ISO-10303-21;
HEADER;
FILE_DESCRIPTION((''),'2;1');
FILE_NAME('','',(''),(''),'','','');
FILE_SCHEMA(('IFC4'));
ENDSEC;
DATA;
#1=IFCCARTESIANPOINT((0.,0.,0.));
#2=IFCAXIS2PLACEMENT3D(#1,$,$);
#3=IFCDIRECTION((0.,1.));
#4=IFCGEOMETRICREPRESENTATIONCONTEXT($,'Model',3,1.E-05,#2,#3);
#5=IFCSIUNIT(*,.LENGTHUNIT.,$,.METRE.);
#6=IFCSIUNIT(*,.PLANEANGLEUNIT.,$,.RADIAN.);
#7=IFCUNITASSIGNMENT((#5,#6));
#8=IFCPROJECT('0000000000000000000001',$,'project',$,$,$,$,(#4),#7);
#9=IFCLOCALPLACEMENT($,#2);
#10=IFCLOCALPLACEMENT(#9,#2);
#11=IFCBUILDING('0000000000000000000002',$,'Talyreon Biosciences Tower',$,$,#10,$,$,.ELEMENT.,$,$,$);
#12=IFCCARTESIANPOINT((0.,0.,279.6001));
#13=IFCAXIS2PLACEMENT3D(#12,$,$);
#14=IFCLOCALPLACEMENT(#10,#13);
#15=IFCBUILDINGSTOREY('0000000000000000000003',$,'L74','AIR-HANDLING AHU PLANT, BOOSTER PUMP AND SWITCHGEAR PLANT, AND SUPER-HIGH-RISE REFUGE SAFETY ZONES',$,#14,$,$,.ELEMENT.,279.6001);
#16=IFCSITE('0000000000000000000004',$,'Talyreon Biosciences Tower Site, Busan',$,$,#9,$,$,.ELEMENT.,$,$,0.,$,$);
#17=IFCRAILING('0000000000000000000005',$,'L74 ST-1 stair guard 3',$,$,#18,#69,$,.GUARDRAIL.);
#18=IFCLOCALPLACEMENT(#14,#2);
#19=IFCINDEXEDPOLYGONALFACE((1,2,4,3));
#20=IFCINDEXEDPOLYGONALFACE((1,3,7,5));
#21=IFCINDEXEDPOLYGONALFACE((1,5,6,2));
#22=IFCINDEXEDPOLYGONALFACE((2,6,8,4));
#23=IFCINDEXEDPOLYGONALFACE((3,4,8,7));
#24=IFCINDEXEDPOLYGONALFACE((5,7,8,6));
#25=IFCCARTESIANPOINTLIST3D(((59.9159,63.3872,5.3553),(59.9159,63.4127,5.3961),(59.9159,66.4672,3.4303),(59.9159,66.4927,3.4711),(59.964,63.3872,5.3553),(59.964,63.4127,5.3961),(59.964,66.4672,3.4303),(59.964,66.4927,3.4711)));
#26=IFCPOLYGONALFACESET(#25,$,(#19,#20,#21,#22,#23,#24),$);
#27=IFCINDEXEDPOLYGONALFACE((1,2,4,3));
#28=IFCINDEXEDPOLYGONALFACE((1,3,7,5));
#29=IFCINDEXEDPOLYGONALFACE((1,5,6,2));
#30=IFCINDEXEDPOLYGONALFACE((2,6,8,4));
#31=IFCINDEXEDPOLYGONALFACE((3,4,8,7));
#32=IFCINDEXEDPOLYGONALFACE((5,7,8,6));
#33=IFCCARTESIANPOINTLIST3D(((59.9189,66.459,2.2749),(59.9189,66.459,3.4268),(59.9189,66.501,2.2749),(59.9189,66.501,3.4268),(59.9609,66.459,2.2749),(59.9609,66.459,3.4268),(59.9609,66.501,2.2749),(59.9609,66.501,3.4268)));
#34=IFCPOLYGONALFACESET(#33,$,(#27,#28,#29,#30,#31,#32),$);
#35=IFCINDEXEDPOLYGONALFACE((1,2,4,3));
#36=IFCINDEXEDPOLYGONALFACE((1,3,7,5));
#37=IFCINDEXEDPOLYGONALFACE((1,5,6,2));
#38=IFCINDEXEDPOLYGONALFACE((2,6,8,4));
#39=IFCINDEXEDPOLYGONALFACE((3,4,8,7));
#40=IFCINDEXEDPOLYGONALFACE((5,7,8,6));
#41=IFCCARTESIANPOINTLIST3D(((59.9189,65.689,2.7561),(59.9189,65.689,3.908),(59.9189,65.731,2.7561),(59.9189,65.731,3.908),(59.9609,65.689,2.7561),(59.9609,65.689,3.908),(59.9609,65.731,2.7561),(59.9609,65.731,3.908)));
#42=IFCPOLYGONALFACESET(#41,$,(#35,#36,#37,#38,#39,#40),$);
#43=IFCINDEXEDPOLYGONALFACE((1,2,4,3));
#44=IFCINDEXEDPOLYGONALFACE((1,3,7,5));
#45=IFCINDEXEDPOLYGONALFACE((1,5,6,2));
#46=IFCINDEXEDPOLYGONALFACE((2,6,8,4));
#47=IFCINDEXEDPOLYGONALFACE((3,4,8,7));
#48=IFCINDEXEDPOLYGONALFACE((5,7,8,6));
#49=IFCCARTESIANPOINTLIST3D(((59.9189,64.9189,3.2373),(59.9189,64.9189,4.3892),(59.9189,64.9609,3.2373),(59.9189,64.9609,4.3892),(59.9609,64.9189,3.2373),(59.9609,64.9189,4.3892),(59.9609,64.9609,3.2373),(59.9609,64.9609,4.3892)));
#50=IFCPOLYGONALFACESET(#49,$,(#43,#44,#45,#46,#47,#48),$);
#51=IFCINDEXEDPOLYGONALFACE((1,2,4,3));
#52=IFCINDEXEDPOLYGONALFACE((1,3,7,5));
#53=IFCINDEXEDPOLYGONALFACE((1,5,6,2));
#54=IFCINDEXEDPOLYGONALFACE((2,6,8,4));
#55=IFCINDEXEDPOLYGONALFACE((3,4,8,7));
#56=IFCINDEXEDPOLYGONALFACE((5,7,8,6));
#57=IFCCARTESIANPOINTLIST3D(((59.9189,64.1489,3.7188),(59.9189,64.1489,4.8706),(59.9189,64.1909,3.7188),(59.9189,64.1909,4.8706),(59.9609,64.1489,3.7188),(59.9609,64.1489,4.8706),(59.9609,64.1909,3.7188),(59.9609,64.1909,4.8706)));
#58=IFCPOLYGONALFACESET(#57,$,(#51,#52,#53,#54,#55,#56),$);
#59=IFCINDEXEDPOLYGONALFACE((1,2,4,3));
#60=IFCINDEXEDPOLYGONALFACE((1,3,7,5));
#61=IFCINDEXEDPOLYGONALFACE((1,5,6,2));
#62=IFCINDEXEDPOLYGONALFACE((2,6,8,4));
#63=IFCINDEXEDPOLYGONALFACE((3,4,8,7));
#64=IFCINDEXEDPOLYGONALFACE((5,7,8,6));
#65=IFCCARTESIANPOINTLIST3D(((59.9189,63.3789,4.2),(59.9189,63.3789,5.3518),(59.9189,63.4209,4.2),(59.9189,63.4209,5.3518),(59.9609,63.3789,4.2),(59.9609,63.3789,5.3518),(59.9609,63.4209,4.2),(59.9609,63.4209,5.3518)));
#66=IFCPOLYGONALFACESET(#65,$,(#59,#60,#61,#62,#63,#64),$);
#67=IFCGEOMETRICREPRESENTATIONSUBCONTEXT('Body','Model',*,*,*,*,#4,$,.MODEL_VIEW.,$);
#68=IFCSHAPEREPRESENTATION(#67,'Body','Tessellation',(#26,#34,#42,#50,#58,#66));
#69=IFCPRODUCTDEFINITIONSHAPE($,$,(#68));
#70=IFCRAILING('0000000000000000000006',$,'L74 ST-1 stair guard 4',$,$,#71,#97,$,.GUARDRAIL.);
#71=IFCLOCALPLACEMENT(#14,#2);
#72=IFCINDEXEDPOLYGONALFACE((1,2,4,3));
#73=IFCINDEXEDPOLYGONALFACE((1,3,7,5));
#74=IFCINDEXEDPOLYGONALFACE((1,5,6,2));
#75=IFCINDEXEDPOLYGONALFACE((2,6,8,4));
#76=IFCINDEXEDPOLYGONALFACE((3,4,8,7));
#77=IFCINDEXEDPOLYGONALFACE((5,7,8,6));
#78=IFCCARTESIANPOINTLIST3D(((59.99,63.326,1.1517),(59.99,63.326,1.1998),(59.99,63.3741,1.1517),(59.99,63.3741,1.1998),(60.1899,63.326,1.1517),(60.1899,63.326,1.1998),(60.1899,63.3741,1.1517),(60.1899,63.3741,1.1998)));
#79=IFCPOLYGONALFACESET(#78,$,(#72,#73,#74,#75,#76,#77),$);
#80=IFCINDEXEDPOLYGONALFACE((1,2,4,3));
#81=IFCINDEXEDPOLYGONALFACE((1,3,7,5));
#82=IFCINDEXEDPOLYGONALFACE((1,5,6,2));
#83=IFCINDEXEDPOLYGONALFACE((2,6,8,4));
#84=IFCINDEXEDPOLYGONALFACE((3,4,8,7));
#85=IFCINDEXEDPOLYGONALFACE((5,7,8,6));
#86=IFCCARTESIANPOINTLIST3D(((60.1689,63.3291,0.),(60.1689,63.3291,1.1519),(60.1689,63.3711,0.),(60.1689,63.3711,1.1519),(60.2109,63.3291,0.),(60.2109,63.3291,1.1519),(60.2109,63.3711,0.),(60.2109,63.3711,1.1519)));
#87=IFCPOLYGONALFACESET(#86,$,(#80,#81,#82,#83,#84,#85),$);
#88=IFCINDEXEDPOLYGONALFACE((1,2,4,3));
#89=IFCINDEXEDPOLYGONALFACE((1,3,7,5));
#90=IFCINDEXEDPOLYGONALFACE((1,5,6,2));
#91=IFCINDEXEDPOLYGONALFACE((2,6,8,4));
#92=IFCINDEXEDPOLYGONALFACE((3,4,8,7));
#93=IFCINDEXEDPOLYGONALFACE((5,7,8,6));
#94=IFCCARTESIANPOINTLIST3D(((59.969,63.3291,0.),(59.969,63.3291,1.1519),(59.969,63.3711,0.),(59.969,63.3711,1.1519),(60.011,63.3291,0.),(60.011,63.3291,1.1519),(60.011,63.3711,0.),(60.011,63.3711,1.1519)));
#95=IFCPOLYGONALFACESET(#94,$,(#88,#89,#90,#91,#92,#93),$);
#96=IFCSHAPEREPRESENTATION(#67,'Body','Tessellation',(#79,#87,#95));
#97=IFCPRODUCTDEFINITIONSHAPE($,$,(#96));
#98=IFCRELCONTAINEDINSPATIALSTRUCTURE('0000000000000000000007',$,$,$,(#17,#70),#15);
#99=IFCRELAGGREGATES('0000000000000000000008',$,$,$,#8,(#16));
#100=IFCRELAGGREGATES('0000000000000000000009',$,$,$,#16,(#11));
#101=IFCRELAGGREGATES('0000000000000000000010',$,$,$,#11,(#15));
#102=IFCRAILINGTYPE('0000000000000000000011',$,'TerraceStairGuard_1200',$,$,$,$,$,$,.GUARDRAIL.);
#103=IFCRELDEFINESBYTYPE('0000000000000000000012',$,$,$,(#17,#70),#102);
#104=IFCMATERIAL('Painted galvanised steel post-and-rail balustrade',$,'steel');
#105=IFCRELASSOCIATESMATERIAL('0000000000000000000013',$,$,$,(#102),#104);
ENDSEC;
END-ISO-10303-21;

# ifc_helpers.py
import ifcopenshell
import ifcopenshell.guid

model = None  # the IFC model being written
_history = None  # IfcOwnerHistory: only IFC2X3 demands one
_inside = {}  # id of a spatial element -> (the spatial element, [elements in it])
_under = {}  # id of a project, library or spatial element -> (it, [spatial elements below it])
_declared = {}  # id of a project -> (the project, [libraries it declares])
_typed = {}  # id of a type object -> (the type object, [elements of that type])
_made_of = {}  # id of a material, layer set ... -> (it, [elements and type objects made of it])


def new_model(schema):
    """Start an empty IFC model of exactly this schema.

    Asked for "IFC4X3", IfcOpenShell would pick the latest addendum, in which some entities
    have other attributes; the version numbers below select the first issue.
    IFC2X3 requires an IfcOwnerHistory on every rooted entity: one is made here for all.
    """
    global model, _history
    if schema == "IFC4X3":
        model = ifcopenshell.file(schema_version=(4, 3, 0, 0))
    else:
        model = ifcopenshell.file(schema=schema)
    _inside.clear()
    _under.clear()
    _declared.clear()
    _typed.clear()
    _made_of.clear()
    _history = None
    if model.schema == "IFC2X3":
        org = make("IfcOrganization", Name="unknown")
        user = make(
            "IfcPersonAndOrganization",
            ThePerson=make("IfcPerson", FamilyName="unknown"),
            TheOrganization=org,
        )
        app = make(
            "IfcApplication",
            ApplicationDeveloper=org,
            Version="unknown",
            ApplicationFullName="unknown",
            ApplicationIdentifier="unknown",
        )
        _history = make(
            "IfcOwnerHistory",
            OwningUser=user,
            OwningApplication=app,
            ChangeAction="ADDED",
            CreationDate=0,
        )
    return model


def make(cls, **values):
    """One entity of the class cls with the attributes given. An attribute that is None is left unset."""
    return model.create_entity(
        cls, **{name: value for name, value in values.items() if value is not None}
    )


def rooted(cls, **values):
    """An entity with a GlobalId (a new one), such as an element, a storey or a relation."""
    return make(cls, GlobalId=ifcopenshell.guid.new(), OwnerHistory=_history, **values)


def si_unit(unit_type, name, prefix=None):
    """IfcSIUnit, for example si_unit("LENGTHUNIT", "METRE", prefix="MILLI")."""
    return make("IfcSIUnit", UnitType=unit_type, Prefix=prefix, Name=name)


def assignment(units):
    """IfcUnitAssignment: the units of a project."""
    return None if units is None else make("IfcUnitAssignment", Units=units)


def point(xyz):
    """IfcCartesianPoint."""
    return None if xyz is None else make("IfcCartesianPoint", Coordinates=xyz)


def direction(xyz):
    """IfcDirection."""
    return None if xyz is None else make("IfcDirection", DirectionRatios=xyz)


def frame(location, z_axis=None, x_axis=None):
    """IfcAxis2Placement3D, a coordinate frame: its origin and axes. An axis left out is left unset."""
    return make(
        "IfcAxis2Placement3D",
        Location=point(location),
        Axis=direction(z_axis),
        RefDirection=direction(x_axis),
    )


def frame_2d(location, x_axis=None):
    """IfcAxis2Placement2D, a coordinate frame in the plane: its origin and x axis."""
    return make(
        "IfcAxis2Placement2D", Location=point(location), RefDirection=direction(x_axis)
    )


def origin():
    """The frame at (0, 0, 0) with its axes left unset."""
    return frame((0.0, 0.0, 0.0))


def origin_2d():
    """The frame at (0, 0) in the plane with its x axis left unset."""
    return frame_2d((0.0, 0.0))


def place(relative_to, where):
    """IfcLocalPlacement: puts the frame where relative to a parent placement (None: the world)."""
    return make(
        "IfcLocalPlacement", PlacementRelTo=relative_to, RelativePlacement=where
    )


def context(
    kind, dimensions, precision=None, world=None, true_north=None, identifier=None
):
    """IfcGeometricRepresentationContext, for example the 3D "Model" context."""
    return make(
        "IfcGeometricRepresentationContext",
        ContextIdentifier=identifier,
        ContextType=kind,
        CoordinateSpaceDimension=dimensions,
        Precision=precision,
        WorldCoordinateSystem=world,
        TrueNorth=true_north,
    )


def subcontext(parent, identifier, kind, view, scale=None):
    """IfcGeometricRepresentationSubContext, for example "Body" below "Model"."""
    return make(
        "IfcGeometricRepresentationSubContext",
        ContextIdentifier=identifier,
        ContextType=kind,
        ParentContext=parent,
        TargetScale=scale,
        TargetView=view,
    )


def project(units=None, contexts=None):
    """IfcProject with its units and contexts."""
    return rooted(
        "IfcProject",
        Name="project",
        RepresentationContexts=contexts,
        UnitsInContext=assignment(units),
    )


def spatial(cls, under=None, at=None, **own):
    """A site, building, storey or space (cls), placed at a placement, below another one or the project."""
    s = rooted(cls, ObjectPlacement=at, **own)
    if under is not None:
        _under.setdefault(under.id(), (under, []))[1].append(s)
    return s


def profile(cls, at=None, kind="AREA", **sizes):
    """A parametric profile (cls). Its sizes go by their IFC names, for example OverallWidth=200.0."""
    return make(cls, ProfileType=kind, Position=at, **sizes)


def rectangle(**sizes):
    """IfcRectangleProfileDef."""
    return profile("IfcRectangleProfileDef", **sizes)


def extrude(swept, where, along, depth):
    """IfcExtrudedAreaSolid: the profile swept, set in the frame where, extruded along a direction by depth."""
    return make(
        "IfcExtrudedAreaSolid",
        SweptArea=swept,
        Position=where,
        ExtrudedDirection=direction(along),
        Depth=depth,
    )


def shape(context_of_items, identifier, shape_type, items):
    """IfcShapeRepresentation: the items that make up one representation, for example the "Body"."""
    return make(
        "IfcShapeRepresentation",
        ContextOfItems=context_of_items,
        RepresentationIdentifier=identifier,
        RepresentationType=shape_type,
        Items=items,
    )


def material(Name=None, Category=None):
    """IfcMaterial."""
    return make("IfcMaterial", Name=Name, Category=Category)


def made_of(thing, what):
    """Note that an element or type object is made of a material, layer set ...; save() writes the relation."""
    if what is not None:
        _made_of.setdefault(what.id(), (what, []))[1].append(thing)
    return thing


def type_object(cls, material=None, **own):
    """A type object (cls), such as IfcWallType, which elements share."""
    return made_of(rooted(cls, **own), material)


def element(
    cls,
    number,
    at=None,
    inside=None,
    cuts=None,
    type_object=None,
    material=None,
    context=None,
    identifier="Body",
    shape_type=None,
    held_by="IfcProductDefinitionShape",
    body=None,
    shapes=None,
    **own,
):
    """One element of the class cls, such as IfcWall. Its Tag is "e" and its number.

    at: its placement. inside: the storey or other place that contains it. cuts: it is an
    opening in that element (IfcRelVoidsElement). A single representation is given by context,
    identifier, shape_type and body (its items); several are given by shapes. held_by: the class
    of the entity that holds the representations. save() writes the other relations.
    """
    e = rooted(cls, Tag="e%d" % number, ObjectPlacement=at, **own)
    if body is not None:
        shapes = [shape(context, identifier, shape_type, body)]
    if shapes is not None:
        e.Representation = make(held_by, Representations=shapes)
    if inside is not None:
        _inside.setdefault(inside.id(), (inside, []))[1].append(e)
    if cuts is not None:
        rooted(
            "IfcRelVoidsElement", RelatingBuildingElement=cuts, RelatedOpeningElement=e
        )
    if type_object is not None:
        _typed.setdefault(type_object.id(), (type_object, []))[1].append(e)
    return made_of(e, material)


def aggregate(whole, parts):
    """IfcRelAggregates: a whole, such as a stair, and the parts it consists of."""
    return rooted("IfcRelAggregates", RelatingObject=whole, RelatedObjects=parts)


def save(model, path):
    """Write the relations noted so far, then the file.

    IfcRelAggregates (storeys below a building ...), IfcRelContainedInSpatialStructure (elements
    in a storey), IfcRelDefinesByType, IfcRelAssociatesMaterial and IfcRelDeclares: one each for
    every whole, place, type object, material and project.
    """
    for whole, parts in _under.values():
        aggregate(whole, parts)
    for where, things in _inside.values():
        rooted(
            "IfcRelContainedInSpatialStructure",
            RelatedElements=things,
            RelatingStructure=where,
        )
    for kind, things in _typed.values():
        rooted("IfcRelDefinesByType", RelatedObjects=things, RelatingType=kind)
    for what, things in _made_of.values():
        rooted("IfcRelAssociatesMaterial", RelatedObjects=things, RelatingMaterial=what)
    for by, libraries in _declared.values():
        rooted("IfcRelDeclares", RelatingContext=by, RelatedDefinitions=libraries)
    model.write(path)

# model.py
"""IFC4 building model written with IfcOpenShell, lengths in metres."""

from ifc_helpers import new_model, si_unit, direction, frame, origin, origin_2d, place, context, subcontext, project, spatial, rectangle, extrude, material, type_object, element, save


model = new_model("IFC4")

# Units and contexts
model_context = context("Model", 3, precision=1e-05, world=origin(), true_north=direction((0.0, 1.0)))
body_context = subcontext(model_context, "Body", "Model", "MODEL_VIEW")
ifc_project = project(units=[si_unit("LENGTHUNIT", "METRE"), si_unit("PLANEANGLEUNIT", "RADIAN")], contexts=[model_context])

# Site, building, storey
site_placement = place(None, origin())
site = spatial("IfcSite", under=ifc_project, at=site_placement, Name="Talyreon Biosciences Tower Site, Busan", CompositionType="ELEMENT", RefElevation=0.0)
building_placement = place(site_placement, origin())
building = spatial("IfcBuilding", under=site, at=building_placement, Name="Talyreon Biosciences Tower", CompositionType="ELEMENT")
storey_placement = place(building_placement, frame((0.0, 0.0, 279.6001)))
storey = spatial("IfcBuildingStorey", under=building, at=storey_placement, Name="L74", Description="AIR-HANDLING AHU PLANT, BOOSTER PUMP AND SWITCHGEAR PLANT, AND SUPER-HIGH-RISE REFUGE SAFETY ZONES", CompositionType="ELEMENT", Elevation=279.6001)

# Railings
ifc_material_1 = material(Name="Painted galvanised steel post-and-rail balustrade", Category="steel")
railing_type_1 = type_object("IfcRailingType", Name="TerraceStairGuard_1200", PredefinedType="GUARDRAIL", material=ifc_material_1)
railing_1_placement = place(storey_placement, frame((59.9399, 66.48, 2.2749)))
element("IfcRailing", 1, at=railing_1_placement, inside=storey, type_object=railing_type_1, Name="L74 ST-1 stair guard 3", PredefinedType="GUARDRAIL", context=body_context, shape_type="SweptSolid", body=[
    extrude(rectangle(XDim=0.0481, YDim=0.0481, at=origin_2d()), frame((0.0, 0.0, 1.1758), z_axis=(0.0, -0.847998, 0.529999), x_axis=(1.0, 0.0, 0.0)), (0.0, 0.0, 1.0), 3.6321),
    extrude(rectangle(XDim=0.042, YDim=0.042, at=origin_2d()), origin(), (0.0, 0.0, 1.0), 1.1519),
    extrude(rectangle(XDim=0.042, YDim=0.042, at=origin_2d()), frame((0.0, -0.77, 0.4812)), (0.0, 0.0, 1.0), 1.1519),
    extrude(rectangle(XDim=0.042, YDim=0.042, at=origin_2d()), frame((0.0, -1.54, 0.9624)), (0.0, 0.0, 1.0), 1.1519),
    extrude(rectangle(XDim=0.042, YDim=0.042, at=origin_2d()), frame((0.0, -2.3101, 1.4438)), (0.0, 0.0, 1.0), 1.1519),
    extrude(rectangle(XDim=0.042, YDim=0.042, at=origin_2d()), frame((0.0, -3.0801, 1.925)), (0.0, 0.0, 1.0), 1.1519),
])
railing_2_placement = place(storey_placement, frame((60.1899, 63.3501, 0.0)))
element("IfcRailing", 2, at=railing_2_placement, inside=storey, type_object=railing_type_1, Name="L74 ST-1 stair guard 4", PredefinedType="GUARDRAIL", context=body_context, shape_type="SweptSolid", body=[
    extrude(rectangle(XDim=0.0481, YDim=0.0481, at=origin_2d()), frame((0.0, 0.0, 1.1758), z_axis=(-1.0, 0.0, 0.0), x_axis=(0.0, -1.0, 0.0)), (0.0, 0.0, 1.0), 0.2),
    extrude(rectangle(XDim=0.042, YDim=0.042, at=origin_2d()), origin(), (0.0, 0.0, 1.0), 1.1519),
    extrude(rectangle(XDim=0.042, YDim=0.042, at=origin_2d()), frame((-0.2, 0.0, 0.0)), (0.0, 0.0, 1.0), 1.1519),
])

save(model, "model.ifc")
